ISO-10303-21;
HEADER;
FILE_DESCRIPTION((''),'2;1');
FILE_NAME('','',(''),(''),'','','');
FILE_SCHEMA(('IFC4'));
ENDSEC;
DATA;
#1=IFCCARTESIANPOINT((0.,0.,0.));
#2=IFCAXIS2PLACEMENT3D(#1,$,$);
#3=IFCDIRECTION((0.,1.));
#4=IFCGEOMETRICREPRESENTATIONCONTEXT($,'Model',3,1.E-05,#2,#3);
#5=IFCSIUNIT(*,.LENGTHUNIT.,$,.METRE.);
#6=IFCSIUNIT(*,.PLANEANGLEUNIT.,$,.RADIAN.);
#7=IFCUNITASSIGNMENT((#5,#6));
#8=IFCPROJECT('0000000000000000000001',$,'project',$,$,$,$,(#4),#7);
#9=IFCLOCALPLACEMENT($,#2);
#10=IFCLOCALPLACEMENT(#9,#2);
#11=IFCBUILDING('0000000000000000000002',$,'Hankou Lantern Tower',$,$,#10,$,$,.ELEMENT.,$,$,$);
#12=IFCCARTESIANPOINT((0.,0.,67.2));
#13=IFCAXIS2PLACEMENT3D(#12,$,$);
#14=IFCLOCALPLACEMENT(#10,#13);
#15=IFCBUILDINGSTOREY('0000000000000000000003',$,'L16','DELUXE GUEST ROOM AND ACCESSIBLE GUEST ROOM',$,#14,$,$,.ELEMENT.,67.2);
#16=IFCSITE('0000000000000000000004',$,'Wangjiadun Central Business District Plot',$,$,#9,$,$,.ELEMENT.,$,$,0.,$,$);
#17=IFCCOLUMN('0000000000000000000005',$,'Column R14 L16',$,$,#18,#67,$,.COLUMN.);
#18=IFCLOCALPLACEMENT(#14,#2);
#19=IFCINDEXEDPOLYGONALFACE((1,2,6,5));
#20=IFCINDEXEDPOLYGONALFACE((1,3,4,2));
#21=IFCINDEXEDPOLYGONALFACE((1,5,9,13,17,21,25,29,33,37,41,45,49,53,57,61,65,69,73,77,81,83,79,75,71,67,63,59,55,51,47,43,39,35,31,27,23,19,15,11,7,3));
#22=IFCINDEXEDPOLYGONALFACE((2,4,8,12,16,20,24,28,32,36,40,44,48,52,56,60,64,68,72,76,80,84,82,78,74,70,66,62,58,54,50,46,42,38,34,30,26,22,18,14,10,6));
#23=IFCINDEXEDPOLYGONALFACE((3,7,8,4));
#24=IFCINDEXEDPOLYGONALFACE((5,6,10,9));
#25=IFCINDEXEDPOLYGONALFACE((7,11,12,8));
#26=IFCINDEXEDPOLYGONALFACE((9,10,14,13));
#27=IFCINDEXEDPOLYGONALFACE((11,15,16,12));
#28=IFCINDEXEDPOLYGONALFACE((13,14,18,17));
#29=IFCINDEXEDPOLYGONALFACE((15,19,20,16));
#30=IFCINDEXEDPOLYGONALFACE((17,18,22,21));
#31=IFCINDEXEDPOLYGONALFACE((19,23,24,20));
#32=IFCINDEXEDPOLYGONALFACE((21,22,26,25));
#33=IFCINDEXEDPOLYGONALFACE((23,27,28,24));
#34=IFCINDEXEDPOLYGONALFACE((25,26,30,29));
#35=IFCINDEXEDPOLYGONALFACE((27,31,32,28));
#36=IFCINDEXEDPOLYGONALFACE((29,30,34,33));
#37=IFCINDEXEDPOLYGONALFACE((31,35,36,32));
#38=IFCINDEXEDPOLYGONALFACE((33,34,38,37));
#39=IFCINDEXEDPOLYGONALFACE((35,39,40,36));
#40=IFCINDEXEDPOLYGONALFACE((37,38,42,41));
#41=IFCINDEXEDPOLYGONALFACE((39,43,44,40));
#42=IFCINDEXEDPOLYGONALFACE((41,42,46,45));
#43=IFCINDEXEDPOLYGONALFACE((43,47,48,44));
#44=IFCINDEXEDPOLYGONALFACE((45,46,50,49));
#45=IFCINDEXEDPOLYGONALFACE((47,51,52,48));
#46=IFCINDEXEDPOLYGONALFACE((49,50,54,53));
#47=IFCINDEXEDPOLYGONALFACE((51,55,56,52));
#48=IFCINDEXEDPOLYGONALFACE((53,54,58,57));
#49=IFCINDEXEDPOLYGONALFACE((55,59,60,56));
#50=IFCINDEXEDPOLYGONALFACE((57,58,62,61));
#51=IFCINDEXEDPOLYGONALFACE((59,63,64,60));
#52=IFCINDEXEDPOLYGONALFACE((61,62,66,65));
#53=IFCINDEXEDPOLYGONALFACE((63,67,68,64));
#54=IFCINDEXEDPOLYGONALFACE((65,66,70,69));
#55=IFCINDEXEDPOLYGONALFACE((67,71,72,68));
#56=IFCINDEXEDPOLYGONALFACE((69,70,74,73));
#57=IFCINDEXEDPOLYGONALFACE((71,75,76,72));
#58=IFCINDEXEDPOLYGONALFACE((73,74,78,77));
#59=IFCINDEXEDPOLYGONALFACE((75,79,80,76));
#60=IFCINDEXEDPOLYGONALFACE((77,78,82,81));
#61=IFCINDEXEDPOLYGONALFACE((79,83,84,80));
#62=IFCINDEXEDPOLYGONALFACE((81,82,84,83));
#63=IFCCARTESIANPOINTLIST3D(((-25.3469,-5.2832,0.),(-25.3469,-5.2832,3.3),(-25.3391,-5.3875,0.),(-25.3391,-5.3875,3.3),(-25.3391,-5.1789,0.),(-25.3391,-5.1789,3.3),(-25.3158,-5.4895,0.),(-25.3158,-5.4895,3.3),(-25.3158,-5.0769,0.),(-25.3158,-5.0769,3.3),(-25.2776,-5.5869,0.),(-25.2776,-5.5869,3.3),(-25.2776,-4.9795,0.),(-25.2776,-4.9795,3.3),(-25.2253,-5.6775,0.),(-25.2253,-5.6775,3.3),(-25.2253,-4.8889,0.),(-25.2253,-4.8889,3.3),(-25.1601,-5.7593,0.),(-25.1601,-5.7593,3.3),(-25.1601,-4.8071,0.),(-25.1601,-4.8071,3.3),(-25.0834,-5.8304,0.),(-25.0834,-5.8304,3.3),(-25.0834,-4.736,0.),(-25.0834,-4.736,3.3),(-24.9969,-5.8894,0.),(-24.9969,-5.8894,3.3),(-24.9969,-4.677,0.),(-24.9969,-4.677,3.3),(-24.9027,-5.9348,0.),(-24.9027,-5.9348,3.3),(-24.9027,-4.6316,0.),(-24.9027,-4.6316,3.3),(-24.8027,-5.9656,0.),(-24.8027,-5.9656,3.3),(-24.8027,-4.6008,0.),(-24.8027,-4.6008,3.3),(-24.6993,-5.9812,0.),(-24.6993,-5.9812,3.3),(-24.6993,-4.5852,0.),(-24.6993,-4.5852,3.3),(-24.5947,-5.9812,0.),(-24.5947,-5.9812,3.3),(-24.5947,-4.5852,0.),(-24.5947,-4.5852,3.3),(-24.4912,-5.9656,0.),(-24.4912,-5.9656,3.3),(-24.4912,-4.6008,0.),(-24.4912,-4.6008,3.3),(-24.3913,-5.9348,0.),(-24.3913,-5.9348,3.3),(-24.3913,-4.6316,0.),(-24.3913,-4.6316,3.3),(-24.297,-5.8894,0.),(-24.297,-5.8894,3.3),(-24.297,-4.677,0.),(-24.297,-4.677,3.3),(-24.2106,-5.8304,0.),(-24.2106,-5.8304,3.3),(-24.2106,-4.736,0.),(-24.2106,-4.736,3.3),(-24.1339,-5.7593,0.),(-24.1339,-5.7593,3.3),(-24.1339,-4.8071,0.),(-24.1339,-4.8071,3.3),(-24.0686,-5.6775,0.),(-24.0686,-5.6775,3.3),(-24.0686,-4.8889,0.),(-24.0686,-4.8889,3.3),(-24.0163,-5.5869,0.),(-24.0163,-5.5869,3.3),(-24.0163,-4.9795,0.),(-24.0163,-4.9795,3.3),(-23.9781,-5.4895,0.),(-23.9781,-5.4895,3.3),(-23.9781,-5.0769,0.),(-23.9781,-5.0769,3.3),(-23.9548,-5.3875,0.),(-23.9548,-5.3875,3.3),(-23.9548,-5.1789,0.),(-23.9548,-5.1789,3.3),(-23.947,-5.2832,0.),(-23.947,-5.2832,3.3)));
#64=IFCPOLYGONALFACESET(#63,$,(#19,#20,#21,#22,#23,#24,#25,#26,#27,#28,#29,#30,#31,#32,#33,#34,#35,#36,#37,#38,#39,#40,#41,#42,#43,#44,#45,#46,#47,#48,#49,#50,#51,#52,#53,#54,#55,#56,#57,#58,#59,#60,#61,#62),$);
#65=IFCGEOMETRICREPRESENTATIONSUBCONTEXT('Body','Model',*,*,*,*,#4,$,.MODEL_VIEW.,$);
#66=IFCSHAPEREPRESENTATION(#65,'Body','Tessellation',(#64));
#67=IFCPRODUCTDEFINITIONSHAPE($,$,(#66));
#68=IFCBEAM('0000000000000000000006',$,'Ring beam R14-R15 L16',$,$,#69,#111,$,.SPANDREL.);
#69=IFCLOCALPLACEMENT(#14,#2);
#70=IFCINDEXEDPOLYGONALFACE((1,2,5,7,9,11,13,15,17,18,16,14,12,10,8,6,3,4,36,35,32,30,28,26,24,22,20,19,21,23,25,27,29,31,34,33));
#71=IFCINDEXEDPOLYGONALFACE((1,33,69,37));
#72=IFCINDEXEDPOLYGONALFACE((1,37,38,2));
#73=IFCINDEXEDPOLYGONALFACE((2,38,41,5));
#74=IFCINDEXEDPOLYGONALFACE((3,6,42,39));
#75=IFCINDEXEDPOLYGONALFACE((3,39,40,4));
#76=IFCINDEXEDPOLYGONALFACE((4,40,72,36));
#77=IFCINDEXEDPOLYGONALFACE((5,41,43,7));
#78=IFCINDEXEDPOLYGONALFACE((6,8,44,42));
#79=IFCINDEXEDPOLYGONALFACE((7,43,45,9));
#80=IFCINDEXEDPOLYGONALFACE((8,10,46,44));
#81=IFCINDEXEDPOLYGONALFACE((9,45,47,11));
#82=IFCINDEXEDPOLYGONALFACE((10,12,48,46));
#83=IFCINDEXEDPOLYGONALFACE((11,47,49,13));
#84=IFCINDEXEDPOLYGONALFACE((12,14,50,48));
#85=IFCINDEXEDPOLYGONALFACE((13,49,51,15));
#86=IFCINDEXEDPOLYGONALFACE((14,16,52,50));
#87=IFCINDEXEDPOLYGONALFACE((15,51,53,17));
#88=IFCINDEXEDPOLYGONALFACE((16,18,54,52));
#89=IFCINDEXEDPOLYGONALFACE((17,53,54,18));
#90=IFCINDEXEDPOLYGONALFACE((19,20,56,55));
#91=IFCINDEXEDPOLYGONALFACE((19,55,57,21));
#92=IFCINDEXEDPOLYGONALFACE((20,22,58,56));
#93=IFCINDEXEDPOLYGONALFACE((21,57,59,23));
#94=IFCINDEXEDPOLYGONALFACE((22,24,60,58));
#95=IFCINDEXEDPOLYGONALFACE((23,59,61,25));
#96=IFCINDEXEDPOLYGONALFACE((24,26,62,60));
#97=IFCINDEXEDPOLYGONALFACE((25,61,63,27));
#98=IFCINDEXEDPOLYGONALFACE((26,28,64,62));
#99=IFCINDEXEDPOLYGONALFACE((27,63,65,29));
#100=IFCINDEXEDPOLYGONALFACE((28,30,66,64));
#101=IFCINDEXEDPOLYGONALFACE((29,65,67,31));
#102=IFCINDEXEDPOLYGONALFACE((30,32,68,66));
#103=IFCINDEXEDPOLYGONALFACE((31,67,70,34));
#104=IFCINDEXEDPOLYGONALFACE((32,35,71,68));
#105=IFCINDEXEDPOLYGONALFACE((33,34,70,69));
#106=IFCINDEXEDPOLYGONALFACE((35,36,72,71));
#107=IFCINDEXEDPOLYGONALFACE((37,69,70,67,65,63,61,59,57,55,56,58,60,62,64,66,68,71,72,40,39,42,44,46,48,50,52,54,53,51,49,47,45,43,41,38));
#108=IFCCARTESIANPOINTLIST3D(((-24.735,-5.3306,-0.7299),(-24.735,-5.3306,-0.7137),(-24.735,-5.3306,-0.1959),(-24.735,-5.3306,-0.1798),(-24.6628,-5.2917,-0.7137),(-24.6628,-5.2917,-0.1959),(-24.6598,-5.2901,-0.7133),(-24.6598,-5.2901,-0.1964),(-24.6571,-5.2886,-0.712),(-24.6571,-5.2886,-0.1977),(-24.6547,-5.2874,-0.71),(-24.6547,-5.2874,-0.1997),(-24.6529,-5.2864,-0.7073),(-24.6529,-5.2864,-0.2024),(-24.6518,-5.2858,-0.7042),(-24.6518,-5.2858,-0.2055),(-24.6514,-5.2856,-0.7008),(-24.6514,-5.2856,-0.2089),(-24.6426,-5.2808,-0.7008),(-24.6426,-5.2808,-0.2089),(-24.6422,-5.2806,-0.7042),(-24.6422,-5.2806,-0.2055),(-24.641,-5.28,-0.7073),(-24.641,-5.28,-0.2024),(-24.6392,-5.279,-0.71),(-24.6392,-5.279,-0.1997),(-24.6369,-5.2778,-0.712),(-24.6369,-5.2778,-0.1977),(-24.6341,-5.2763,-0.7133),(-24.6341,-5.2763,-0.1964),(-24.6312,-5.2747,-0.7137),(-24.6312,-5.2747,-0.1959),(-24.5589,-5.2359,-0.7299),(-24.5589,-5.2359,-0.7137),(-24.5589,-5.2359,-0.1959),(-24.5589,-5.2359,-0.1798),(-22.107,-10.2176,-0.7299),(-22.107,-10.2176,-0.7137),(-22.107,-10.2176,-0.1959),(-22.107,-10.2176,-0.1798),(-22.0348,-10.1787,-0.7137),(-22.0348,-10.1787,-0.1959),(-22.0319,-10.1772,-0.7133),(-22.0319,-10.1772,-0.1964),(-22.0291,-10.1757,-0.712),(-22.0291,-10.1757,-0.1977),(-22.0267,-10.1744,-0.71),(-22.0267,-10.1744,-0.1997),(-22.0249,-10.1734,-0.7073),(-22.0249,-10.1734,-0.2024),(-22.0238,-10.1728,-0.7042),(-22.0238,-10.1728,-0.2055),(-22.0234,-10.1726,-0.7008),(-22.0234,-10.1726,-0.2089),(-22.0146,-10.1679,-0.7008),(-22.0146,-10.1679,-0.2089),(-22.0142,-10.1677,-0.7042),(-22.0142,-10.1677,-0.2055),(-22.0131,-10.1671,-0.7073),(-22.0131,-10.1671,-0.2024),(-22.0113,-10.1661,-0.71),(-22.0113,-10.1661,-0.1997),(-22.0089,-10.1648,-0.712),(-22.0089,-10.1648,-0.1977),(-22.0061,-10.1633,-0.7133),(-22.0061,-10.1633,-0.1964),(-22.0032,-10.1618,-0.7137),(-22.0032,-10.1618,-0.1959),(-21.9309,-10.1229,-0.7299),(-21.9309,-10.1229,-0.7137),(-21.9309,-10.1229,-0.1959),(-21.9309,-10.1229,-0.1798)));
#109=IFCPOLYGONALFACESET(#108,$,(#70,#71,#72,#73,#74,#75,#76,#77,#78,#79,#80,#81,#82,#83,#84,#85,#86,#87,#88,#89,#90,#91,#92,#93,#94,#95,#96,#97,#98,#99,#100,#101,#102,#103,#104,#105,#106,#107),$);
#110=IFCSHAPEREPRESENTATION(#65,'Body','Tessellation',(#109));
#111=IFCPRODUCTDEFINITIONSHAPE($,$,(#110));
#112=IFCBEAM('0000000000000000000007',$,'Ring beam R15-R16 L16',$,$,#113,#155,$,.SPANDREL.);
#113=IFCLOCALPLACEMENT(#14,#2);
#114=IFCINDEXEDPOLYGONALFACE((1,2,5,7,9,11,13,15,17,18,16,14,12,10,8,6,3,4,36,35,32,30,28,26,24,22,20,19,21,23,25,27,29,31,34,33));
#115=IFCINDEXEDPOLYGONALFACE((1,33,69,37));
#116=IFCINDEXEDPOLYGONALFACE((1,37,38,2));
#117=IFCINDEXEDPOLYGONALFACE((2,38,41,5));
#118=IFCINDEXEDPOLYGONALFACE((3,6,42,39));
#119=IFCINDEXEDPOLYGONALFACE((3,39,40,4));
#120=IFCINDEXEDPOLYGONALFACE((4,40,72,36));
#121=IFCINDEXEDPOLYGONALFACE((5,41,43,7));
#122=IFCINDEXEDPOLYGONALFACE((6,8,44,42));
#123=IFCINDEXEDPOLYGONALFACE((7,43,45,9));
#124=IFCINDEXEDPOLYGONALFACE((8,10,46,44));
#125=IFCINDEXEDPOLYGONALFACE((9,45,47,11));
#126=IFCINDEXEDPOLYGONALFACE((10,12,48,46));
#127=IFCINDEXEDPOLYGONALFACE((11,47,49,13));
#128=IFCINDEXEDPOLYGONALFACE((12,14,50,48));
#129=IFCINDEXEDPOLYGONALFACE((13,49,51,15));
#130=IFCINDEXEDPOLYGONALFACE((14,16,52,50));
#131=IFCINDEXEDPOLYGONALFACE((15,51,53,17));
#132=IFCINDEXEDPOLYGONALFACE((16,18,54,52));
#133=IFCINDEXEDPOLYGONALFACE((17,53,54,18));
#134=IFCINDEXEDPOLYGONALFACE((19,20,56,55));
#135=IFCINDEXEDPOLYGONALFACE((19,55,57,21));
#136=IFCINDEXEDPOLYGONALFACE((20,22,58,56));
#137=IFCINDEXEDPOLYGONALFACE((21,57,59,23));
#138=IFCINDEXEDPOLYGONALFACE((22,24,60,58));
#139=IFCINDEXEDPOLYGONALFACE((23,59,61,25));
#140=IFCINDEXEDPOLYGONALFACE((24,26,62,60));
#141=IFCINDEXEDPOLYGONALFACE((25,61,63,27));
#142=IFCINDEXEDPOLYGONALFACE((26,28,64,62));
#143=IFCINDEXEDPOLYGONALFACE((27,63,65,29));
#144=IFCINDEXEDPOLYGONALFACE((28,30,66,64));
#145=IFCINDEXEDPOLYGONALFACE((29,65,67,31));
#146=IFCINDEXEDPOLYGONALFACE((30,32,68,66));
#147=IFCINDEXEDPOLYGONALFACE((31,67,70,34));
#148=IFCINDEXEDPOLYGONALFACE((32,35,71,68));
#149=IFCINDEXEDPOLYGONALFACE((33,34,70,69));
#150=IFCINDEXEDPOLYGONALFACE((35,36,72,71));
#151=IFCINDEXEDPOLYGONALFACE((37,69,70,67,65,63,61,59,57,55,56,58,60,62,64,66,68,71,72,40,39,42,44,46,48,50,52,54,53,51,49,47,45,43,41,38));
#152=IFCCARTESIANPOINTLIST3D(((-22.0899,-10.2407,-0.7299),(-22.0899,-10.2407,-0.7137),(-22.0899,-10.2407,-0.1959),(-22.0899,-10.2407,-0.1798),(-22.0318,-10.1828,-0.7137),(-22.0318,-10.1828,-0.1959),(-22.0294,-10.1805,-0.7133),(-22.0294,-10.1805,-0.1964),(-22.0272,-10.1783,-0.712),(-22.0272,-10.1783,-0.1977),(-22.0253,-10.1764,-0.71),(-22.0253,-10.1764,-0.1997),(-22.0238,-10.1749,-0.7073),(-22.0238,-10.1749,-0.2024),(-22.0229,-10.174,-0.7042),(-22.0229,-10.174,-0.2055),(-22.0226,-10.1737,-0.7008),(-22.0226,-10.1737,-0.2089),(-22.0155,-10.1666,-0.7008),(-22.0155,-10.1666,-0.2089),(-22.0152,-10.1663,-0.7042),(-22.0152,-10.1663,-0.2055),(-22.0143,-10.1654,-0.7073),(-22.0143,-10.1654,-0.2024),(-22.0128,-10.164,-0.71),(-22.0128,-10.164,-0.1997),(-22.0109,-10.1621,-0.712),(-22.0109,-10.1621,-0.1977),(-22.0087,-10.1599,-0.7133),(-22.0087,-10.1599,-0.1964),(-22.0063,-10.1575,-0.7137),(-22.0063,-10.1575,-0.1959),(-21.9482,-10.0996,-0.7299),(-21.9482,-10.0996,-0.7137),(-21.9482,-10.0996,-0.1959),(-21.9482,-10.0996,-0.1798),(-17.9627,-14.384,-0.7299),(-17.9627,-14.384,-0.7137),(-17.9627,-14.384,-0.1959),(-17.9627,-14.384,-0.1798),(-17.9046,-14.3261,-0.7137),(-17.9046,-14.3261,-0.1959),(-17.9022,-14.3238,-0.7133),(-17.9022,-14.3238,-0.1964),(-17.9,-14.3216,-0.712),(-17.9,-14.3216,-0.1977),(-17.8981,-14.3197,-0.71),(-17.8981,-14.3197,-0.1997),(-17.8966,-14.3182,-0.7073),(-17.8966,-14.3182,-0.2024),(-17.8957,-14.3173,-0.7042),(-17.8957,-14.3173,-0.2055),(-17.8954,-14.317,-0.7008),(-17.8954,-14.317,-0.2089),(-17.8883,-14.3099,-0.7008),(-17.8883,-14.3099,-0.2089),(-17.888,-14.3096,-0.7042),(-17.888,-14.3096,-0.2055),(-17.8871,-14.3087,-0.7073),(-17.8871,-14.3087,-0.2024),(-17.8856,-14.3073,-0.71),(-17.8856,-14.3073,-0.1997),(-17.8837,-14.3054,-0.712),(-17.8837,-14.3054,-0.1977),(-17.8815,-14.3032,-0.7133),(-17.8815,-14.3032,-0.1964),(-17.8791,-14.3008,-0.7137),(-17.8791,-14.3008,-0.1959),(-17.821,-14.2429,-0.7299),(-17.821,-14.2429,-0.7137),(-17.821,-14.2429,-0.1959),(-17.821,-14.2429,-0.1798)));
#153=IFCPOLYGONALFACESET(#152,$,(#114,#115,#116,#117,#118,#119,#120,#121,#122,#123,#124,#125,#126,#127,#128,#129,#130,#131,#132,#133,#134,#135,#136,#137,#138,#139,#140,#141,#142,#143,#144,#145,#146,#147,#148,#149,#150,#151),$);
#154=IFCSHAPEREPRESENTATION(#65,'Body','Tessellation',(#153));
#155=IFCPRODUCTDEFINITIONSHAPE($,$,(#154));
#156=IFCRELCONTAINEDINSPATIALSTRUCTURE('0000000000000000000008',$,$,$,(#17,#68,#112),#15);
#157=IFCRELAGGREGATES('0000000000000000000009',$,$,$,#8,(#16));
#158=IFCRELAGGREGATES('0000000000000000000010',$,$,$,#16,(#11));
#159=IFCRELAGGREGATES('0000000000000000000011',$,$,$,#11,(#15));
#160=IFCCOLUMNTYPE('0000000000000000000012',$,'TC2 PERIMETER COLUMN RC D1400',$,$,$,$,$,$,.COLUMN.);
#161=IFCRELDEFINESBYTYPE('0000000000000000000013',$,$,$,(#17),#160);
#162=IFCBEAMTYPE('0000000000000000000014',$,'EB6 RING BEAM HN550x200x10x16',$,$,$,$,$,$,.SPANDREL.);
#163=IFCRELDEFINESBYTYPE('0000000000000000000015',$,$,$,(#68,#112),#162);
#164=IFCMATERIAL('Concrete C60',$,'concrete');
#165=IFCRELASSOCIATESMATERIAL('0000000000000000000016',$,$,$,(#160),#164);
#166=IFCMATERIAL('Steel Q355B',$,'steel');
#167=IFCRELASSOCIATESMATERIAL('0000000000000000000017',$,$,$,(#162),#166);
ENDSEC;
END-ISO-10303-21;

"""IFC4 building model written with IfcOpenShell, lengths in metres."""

from ifc_helpers import new_model, si_unit, direction, frame, origin, origin_2d, place, context, subcontext, project, spatial, circle, i_section, extrude, material, material_profile, profile_set, type_object, element, save


model = new_model("IFC4")

# Units and contexts
model_context = context("Model", 3, precision=1e-05, world=origin(), true_north=direction((0.0, 1.0)))
body_context = subcontext(model_context, "Body", "Model", "MODEL_VIEW")
ifc_project = project(units=[si_unit("LENGTHUNIT", "METRE"), si_unit("PLANEANGLEUNIT", "RADIAN")], contexts=[model_context])

# Site, building, storey
site_placement = place(None, origin())
site = spatial("IfcSite", under=ifc_project, at=site_placement, Name="Wangjiadun Central Business District Plot", CompositionType="ELEMENT", RefElevation=0.0)
building_placement = place(site_placement, origin())
building = spatial("IfcBuilding", under=site, at=building_placement, Name="Hankou Lantern Tower", CompositionType="ELEMENT")
storey_placement = place(building_placement, frame((0.0, 0.0, 67.2)))
storey = spatial("IfcBuildingStorey", under=building, at=storey_placement, Name="L16", Description="DELUXE GUEST ROOM AND ACCESSIBLE GUEST ROOM", CompositionType="ELEMENT", Elevation=67.2)

# Column
ifc_material_1 = material(Name="Concrete C60", Category="concrete")
ifc_material_profile_1 = material_profile(ifc_material_1, circle(Radius=0.7, at=origin_2d()), Name="RC D1400")
ifc_profile_set_1 = profile_set([ifc_material_profile_1], Name="Concrete C60")
column_type = type_object("IfcColumnType", Name="TC2 PERIMETER COLUMN RC D1400", PredefinedType="COLUMN", material=ifc_profile_set_1)
column_placement = place(storey_placement, frame((-24.647, -5.2832, 0.0), z_axis=(0.0, 0.0, 1.0), x_axis=(1.0, 0.0, 0.0)))
element("IfcColumn", 1, at=column_placement, inside=storey, type_object=column_type, Name="Column R14 L16", PredefinedType="COLUMN", context=body_context, shape_type="SweptSolid", body=[
    extrude(circle(Radius=0.7, at=origin_2d()), origin(), (0.0, 0.0, 1.0), 3.3),
])

# Beams
ifc_material_2 = material(Name="Steel Q355B", Category="steel")
ifc_material_profile_2 = material_profile(ifc_material_2, i_section(OverallWidth=0.2, OverallDepth=0.55, WebThickness=0.01, FlangeThickness=0.0161, FilletRadius=0.0129, at=origin_2d()), Name="HN550x200x10x16")
ifc_profile_set_2 = profile_set([ifc_material_profile_2], Name="Steel Q355B")
beam_type_1 = type_object("IfcBeamType", Name="EB6 RING BEAM HN550x200x10x16", PredefinedType="SPANDREL", material=ifc_profile_set_2)
beam_1_placement = place(storey_placement, frame((-24.647, -5.2832, -0.4548), z_axis=(0.473609, -0.880735, 0.0), x_axis=(0.880735, 0.473609, 0.0)))
element("IfcBeam", 2, at=beam_1_placement, inside=storey, type_object=beam_type_1, Name="Ring beam R14-R15 L16", PredefinedType="SPANDREL", context=body_context, shape_type="SweptSolid", body=[
    extrude(i_section(OverallWidth=0.2, OverallDepth=0.55, WebThickness=0.01, FlangeThickness=0.0161, FilletRadius=0.0129, at=origin_2d()), origin(), (0.0, 0.0, 1.0), 5.5488),
])
beam_2_placement = place(storey_placement, frame((-22.019, -10.1702, -0.4548), z_axis=(0.705728, -0.708483, 0.0), x_axis=(0.708483, 0.705728, 0.0)))
element("IfcBeam", 3, at=beam_2_placement, inside=storey, type_object=beam_type_1, Name="Ring beam R15-R16 L16", PredefinedType="SPANDREL", context=body_context, shape_type="SweptSolid", body=[
    extrude(i_section(OverallWidth=0.2, OverallDepth=0.55, WebThickness=0.01, FlangeThickness=0.0161, FilletRadius=0.0129, at=origin_2d()), origin(), (0.0, 0.0, 1.0), 5.8481),
])

save(model, "model.ifc")
